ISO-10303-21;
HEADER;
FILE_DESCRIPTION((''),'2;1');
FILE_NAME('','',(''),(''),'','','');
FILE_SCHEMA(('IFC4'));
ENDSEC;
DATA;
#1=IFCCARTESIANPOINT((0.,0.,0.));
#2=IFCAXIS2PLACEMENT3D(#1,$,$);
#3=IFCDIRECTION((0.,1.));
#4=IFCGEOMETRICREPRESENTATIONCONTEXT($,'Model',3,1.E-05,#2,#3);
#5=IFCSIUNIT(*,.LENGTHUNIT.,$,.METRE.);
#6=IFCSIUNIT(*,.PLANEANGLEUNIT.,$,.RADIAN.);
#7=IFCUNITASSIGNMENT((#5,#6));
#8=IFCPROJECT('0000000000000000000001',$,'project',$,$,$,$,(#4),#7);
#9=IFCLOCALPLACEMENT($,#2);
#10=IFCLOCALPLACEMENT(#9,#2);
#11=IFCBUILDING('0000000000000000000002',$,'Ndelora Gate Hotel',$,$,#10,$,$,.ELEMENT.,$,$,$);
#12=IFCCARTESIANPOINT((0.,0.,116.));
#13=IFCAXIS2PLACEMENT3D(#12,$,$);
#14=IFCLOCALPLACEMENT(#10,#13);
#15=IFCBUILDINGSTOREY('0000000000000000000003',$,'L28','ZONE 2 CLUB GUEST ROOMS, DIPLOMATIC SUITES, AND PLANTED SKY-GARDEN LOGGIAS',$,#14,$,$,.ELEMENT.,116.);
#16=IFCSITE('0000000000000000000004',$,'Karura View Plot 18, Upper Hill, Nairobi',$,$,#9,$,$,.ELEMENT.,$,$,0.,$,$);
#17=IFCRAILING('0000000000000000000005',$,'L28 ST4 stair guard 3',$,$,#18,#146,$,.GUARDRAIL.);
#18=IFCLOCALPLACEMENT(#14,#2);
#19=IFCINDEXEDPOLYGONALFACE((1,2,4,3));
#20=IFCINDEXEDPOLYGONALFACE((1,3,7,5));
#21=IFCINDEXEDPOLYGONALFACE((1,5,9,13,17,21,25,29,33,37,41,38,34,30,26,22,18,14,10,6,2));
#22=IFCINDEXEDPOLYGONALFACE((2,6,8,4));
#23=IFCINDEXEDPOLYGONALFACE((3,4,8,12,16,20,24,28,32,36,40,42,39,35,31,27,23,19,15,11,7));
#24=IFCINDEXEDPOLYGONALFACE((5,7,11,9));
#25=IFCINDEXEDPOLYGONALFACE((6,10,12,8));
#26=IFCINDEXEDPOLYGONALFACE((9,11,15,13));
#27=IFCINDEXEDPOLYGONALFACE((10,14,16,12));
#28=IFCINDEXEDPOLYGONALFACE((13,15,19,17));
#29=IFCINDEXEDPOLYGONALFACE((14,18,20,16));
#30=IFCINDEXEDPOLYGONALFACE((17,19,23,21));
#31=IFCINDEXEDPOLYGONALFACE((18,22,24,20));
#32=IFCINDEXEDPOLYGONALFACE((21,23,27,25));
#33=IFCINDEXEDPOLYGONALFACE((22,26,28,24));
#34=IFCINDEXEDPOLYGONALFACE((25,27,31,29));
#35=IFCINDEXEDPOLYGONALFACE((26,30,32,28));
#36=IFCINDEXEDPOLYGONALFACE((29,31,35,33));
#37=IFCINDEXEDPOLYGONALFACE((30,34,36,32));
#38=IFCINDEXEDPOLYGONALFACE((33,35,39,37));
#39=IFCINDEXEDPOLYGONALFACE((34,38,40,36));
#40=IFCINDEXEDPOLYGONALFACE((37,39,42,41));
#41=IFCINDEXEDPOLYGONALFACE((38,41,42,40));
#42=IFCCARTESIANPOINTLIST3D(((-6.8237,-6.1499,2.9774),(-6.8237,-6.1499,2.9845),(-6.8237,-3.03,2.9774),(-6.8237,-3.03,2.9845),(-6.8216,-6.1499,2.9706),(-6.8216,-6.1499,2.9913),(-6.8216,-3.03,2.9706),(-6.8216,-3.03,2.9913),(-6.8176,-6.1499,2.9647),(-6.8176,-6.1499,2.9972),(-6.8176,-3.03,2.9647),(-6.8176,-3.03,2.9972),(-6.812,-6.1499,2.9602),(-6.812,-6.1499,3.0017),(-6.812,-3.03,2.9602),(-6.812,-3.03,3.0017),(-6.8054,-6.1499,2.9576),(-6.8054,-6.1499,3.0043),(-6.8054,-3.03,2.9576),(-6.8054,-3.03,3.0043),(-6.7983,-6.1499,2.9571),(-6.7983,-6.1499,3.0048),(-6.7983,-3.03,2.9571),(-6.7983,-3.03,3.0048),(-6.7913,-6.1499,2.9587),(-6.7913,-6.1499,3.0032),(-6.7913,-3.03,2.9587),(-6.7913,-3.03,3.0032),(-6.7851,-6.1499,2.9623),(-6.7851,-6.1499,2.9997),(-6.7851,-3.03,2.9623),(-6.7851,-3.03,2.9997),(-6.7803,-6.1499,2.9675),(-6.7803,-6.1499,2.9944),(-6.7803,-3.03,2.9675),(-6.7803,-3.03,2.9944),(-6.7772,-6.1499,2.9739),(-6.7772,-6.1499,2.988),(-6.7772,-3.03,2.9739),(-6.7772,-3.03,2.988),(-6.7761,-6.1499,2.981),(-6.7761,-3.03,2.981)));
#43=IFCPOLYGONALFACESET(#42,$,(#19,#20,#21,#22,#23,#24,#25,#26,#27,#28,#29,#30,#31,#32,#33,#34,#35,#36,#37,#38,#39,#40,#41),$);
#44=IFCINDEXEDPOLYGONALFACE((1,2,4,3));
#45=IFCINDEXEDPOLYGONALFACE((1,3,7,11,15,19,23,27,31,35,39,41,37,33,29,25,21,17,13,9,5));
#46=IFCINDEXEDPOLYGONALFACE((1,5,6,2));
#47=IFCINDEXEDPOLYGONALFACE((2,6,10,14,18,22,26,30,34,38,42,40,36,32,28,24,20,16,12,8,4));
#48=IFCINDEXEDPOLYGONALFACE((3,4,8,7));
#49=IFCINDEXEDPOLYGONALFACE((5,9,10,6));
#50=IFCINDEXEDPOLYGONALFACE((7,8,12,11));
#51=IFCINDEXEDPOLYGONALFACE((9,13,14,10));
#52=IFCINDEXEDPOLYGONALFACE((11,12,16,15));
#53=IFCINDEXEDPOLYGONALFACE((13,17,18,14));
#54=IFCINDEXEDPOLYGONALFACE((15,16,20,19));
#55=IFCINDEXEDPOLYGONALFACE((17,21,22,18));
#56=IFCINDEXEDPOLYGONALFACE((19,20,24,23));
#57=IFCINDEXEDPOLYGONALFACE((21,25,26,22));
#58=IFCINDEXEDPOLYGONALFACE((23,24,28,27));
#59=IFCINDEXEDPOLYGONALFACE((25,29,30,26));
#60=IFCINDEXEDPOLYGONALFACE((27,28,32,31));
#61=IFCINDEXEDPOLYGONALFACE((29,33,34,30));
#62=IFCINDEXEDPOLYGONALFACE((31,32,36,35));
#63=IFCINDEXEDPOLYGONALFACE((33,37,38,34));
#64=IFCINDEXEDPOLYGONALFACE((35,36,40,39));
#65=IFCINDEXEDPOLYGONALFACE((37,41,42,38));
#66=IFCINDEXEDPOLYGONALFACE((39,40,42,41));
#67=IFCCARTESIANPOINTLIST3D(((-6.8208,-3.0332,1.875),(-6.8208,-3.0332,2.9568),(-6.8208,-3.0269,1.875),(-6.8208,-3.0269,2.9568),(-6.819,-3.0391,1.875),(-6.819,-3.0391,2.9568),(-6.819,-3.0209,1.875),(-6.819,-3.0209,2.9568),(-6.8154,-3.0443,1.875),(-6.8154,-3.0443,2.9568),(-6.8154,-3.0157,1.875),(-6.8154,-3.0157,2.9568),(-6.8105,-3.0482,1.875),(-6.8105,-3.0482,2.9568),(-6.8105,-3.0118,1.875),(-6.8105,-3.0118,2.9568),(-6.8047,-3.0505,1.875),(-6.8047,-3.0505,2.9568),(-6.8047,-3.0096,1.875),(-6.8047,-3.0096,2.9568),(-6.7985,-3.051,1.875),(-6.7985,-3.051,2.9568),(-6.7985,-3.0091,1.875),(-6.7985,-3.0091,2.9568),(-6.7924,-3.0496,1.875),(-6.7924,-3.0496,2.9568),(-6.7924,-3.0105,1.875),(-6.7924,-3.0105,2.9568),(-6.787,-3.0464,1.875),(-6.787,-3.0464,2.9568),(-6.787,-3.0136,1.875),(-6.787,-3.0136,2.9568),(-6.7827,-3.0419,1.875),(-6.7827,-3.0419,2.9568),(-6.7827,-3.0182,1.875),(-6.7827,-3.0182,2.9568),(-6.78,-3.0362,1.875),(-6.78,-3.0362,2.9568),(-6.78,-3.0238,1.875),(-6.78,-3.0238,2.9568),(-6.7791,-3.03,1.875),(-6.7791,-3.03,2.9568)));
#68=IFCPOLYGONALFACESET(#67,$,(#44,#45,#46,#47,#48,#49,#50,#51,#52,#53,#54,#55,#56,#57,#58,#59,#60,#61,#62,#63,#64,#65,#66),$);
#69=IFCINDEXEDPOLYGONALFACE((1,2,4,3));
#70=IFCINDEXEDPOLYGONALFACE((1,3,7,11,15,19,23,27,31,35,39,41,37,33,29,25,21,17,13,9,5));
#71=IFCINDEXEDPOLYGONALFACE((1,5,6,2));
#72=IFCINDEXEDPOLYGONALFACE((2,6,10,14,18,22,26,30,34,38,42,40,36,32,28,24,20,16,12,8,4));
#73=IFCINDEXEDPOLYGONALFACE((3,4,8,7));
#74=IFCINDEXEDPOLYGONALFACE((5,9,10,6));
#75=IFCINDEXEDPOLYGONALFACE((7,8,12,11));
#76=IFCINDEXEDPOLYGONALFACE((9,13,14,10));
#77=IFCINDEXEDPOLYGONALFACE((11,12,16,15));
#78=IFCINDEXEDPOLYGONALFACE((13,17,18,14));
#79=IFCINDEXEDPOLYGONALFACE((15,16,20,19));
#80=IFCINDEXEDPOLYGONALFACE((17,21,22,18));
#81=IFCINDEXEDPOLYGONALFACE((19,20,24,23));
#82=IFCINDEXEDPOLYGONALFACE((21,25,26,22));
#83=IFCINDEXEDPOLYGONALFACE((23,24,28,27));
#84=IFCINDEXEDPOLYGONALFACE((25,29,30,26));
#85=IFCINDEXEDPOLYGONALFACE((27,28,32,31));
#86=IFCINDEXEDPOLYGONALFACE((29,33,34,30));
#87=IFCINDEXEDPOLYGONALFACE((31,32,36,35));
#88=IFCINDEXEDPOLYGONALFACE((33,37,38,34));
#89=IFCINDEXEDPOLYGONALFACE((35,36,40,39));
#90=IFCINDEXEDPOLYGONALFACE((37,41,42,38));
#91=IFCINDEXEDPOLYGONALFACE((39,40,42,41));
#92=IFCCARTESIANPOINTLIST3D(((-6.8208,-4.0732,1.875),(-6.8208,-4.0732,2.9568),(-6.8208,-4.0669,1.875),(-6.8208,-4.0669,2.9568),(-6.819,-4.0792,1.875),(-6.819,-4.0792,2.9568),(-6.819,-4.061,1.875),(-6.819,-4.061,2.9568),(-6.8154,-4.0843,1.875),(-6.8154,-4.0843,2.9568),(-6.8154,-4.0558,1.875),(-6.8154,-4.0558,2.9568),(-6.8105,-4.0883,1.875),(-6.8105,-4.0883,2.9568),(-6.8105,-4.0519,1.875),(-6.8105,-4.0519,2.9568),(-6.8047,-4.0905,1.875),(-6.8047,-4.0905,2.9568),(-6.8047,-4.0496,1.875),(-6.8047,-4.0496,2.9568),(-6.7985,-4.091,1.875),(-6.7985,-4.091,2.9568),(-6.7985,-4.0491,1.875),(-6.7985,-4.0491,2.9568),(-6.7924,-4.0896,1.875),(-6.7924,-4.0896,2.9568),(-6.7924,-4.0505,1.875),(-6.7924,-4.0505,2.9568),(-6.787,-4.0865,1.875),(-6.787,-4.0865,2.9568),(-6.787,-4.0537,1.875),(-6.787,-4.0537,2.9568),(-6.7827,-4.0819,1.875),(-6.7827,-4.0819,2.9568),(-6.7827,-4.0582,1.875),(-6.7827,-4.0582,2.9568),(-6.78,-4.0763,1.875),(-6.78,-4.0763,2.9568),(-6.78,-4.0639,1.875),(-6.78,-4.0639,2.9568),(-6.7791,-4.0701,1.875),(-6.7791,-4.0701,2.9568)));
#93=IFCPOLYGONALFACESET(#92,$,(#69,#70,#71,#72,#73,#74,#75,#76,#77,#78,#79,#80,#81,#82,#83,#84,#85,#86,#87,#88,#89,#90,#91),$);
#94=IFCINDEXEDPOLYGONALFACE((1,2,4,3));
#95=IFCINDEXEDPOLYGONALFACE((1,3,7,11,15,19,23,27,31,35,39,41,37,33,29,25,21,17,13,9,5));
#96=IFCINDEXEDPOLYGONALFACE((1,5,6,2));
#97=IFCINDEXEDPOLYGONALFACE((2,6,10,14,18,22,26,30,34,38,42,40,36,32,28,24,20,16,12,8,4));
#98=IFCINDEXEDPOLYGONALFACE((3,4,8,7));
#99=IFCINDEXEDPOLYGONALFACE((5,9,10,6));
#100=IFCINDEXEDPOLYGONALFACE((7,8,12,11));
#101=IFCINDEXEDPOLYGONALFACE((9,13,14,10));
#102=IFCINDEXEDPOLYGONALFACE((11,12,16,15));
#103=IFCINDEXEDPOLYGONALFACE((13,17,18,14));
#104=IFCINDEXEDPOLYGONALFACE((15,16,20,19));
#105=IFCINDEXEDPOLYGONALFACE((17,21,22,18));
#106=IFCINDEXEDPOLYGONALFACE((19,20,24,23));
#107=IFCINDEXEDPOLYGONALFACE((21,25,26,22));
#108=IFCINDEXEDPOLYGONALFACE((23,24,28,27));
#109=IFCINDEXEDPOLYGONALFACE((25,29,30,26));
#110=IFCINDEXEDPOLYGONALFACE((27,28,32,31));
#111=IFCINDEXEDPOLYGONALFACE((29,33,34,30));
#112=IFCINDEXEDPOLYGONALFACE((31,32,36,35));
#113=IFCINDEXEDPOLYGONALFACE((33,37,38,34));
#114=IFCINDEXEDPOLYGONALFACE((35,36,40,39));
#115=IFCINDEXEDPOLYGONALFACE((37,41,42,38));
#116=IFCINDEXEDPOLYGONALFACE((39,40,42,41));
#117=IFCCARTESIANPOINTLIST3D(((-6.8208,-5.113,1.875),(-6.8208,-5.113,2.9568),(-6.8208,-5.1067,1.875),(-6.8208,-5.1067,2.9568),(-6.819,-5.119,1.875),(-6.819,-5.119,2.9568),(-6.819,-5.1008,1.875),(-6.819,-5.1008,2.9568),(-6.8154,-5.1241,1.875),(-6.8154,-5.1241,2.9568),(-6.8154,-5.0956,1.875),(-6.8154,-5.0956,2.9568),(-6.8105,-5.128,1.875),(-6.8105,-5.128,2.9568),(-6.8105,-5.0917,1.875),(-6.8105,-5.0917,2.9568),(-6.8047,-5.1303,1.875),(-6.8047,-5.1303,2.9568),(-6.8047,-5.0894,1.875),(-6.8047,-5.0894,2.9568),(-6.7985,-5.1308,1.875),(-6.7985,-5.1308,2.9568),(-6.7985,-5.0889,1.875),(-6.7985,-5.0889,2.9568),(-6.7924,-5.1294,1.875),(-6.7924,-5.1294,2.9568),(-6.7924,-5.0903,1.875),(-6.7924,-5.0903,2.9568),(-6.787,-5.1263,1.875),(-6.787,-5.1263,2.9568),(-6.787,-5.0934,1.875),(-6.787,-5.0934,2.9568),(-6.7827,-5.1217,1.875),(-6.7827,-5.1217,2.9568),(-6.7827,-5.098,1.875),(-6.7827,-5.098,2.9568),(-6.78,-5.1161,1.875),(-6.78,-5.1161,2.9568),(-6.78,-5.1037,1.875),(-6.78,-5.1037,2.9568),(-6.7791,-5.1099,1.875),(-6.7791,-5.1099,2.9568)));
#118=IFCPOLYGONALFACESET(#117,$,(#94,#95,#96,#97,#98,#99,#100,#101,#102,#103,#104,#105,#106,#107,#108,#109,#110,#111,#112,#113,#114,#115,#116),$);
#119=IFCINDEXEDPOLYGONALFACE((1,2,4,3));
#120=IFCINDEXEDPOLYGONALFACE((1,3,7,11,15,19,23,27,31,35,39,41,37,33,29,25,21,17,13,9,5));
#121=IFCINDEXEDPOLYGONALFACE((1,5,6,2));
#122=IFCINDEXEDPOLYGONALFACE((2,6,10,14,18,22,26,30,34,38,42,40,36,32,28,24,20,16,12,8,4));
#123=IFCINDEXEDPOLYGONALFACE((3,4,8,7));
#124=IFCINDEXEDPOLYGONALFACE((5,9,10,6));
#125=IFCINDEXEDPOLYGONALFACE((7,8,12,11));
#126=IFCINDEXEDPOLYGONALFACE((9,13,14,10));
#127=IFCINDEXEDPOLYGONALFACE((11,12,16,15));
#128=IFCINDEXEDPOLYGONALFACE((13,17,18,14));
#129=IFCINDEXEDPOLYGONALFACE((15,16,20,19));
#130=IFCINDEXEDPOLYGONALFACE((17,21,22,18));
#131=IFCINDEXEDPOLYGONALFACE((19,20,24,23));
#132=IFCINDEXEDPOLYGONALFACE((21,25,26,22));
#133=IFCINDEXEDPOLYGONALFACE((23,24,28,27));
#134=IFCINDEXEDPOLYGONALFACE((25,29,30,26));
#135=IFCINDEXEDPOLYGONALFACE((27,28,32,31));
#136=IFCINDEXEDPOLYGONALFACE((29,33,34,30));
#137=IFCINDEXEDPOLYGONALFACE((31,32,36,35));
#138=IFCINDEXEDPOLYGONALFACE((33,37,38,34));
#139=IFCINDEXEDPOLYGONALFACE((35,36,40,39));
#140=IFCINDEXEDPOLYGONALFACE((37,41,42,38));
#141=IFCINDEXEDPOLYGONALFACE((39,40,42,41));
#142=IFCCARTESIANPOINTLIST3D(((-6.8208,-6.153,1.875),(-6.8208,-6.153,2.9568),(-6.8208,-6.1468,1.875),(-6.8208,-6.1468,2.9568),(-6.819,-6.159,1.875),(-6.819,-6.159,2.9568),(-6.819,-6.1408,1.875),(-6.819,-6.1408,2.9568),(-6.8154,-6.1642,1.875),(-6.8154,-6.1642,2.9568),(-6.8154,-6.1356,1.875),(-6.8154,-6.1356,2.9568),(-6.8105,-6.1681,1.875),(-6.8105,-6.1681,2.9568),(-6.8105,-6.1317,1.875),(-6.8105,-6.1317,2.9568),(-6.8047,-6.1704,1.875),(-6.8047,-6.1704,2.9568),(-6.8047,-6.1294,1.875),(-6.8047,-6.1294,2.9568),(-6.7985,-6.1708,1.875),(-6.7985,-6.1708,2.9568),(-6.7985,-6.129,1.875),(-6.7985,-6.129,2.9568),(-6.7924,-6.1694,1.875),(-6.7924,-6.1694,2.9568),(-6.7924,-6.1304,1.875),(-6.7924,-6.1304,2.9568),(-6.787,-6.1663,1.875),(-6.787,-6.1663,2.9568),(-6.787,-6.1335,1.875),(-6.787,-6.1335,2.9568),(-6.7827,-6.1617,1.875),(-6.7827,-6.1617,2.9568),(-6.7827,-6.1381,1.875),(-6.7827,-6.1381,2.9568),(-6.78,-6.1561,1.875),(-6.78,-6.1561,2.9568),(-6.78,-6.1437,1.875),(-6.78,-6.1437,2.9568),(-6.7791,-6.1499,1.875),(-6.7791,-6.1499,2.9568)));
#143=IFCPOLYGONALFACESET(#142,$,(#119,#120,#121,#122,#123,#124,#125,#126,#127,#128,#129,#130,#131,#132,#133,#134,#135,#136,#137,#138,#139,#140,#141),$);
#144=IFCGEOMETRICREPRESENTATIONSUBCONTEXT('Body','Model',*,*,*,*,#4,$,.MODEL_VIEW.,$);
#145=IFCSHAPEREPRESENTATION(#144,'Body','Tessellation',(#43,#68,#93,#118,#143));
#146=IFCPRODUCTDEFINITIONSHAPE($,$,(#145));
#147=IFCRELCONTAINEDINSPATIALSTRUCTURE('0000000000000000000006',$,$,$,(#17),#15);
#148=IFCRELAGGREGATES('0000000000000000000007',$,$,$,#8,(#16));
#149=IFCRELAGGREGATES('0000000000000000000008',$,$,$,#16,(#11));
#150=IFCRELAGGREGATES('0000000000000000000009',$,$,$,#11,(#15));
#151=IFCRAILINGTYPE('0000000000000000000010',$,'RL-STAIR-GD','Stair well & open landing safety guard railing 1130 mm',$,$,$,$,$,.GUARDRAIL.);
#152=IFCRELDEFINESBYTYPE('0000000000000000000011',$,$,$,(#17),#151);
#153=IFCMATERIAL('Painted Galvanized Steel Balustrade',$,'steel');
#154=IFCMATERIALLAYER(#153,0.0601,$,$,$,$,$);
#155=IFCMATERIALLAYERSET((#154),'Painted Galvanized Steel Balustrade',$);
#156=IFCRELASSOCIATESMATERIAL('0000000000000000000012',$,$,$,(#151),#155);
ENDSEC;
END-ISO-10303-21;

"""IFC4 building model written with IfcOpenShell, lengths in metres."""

from ifc_helpers import new_model, si_unit, direction, frame, origin, origin_2d, place, context, subcontext, project, spatial, circle, extrude, material, layer, layer_set, type_object, element, save


model = new_model("IFC4")

# Units and contexts
model_context = context("Model", 3, precision=1e-05, world=origin(), true_north=direction((0.0, 1.0)))
body_context = subcontext(model_context, "Body", "Model", "MODEL_VIEW")
ifc_project = project(units=[si_unit("LENGTHUNIT", "METRE"), si_unit("PLANEANGLEUNIT", "RADIAN")], contexts=[model_context])

# Site, building, storey
site_placement = place(None, origin())
site = spatial("IfcSite", under=ifc_project, at=site_placement, Name="Karura View Plot 18, Upper Hill, Nairobi", CompositionType="ELEMENT", RefElevation=0.0)
building_placement = place(site_placement, origin())
building = spatial("IfcBuilding", under=site, at=building_placement, Name="Ndelora Gate Hotel", CompositionType="ELEMENT")
storey_placement = place(building_placement, frame((0.0, 0.0, 116.0)))
storey = spatial("IfcBuildingStorey", under=building, at=storey_placement, Name="L28", Description="ZONE 2 CLUB GUEST ROOMS, DIPLOMATIC SUITES, AND PLANTED SKY-GARDEN LOGGIAS", CompositionType="ELEMENT", Elevation=116.0)

# Railing
ifc_material_1 = material(Name="Painted Galvanized Steel Balustrade", Category="steel")
ifc_layer_1 = layer(ifc_material_1, 0.0601)
ifc_layer_set_1 = layer_set([ifc_layer_1], Name="Painted Galvanized Steel Balustrade")
railing_type_1 = type_object("IfcRailingType", Name="RL-STAIR-GD", Description="Stair well & open landing safety guard railing 1130 mm", PredefinedType="GUARDRAIL", material=ifc_layer_set_1)
for number, where, name in (
    (1, (-6.8, -3.03, 1.875), "L28 ST4 stair guard 3"),
):
    element("IfcRailing", number, at=place(storey_placement, frame(where)), inside=storey, type_object=railing_type_1, Name=name, PredefinedType="GUARDRAIL", context=body_context, shape_type="SweptSolid", body=[
        extrude(circle(Radius=0.0239, at=origin_2d()), frame((0.0, 0.0, 1.106), z_axis=(0.0, -1.0, 0.0), x_axis=(1.0, 0.0, 0.0)), (0.0, 0.0, 1.0), 3.1199),
        extrude(circle(Radius=0.021, at=origin_2d()), origin(), (0.0, 0.0, 1.0), 1.0818),
        extrude(circle(Radius=0.021, at=origin_2d()), frame((0.0, -1.04, 0.0)), (0.0, 0.0, 1.0), 1.0818),
        extrude(circle(Radius=0.021, at=origin_2d()), frame((0.0, -2.0798, 0.0)), (0.0, 0.0, 1.0), 1.0818),
        extrude(circle(Radius=0.021, at=origin_2d()), frame((0.0, -3.1199, 0.0)), (0.0, 0.0, 1.0), 1.0818),
    ])

save(model, "model.ifc")
